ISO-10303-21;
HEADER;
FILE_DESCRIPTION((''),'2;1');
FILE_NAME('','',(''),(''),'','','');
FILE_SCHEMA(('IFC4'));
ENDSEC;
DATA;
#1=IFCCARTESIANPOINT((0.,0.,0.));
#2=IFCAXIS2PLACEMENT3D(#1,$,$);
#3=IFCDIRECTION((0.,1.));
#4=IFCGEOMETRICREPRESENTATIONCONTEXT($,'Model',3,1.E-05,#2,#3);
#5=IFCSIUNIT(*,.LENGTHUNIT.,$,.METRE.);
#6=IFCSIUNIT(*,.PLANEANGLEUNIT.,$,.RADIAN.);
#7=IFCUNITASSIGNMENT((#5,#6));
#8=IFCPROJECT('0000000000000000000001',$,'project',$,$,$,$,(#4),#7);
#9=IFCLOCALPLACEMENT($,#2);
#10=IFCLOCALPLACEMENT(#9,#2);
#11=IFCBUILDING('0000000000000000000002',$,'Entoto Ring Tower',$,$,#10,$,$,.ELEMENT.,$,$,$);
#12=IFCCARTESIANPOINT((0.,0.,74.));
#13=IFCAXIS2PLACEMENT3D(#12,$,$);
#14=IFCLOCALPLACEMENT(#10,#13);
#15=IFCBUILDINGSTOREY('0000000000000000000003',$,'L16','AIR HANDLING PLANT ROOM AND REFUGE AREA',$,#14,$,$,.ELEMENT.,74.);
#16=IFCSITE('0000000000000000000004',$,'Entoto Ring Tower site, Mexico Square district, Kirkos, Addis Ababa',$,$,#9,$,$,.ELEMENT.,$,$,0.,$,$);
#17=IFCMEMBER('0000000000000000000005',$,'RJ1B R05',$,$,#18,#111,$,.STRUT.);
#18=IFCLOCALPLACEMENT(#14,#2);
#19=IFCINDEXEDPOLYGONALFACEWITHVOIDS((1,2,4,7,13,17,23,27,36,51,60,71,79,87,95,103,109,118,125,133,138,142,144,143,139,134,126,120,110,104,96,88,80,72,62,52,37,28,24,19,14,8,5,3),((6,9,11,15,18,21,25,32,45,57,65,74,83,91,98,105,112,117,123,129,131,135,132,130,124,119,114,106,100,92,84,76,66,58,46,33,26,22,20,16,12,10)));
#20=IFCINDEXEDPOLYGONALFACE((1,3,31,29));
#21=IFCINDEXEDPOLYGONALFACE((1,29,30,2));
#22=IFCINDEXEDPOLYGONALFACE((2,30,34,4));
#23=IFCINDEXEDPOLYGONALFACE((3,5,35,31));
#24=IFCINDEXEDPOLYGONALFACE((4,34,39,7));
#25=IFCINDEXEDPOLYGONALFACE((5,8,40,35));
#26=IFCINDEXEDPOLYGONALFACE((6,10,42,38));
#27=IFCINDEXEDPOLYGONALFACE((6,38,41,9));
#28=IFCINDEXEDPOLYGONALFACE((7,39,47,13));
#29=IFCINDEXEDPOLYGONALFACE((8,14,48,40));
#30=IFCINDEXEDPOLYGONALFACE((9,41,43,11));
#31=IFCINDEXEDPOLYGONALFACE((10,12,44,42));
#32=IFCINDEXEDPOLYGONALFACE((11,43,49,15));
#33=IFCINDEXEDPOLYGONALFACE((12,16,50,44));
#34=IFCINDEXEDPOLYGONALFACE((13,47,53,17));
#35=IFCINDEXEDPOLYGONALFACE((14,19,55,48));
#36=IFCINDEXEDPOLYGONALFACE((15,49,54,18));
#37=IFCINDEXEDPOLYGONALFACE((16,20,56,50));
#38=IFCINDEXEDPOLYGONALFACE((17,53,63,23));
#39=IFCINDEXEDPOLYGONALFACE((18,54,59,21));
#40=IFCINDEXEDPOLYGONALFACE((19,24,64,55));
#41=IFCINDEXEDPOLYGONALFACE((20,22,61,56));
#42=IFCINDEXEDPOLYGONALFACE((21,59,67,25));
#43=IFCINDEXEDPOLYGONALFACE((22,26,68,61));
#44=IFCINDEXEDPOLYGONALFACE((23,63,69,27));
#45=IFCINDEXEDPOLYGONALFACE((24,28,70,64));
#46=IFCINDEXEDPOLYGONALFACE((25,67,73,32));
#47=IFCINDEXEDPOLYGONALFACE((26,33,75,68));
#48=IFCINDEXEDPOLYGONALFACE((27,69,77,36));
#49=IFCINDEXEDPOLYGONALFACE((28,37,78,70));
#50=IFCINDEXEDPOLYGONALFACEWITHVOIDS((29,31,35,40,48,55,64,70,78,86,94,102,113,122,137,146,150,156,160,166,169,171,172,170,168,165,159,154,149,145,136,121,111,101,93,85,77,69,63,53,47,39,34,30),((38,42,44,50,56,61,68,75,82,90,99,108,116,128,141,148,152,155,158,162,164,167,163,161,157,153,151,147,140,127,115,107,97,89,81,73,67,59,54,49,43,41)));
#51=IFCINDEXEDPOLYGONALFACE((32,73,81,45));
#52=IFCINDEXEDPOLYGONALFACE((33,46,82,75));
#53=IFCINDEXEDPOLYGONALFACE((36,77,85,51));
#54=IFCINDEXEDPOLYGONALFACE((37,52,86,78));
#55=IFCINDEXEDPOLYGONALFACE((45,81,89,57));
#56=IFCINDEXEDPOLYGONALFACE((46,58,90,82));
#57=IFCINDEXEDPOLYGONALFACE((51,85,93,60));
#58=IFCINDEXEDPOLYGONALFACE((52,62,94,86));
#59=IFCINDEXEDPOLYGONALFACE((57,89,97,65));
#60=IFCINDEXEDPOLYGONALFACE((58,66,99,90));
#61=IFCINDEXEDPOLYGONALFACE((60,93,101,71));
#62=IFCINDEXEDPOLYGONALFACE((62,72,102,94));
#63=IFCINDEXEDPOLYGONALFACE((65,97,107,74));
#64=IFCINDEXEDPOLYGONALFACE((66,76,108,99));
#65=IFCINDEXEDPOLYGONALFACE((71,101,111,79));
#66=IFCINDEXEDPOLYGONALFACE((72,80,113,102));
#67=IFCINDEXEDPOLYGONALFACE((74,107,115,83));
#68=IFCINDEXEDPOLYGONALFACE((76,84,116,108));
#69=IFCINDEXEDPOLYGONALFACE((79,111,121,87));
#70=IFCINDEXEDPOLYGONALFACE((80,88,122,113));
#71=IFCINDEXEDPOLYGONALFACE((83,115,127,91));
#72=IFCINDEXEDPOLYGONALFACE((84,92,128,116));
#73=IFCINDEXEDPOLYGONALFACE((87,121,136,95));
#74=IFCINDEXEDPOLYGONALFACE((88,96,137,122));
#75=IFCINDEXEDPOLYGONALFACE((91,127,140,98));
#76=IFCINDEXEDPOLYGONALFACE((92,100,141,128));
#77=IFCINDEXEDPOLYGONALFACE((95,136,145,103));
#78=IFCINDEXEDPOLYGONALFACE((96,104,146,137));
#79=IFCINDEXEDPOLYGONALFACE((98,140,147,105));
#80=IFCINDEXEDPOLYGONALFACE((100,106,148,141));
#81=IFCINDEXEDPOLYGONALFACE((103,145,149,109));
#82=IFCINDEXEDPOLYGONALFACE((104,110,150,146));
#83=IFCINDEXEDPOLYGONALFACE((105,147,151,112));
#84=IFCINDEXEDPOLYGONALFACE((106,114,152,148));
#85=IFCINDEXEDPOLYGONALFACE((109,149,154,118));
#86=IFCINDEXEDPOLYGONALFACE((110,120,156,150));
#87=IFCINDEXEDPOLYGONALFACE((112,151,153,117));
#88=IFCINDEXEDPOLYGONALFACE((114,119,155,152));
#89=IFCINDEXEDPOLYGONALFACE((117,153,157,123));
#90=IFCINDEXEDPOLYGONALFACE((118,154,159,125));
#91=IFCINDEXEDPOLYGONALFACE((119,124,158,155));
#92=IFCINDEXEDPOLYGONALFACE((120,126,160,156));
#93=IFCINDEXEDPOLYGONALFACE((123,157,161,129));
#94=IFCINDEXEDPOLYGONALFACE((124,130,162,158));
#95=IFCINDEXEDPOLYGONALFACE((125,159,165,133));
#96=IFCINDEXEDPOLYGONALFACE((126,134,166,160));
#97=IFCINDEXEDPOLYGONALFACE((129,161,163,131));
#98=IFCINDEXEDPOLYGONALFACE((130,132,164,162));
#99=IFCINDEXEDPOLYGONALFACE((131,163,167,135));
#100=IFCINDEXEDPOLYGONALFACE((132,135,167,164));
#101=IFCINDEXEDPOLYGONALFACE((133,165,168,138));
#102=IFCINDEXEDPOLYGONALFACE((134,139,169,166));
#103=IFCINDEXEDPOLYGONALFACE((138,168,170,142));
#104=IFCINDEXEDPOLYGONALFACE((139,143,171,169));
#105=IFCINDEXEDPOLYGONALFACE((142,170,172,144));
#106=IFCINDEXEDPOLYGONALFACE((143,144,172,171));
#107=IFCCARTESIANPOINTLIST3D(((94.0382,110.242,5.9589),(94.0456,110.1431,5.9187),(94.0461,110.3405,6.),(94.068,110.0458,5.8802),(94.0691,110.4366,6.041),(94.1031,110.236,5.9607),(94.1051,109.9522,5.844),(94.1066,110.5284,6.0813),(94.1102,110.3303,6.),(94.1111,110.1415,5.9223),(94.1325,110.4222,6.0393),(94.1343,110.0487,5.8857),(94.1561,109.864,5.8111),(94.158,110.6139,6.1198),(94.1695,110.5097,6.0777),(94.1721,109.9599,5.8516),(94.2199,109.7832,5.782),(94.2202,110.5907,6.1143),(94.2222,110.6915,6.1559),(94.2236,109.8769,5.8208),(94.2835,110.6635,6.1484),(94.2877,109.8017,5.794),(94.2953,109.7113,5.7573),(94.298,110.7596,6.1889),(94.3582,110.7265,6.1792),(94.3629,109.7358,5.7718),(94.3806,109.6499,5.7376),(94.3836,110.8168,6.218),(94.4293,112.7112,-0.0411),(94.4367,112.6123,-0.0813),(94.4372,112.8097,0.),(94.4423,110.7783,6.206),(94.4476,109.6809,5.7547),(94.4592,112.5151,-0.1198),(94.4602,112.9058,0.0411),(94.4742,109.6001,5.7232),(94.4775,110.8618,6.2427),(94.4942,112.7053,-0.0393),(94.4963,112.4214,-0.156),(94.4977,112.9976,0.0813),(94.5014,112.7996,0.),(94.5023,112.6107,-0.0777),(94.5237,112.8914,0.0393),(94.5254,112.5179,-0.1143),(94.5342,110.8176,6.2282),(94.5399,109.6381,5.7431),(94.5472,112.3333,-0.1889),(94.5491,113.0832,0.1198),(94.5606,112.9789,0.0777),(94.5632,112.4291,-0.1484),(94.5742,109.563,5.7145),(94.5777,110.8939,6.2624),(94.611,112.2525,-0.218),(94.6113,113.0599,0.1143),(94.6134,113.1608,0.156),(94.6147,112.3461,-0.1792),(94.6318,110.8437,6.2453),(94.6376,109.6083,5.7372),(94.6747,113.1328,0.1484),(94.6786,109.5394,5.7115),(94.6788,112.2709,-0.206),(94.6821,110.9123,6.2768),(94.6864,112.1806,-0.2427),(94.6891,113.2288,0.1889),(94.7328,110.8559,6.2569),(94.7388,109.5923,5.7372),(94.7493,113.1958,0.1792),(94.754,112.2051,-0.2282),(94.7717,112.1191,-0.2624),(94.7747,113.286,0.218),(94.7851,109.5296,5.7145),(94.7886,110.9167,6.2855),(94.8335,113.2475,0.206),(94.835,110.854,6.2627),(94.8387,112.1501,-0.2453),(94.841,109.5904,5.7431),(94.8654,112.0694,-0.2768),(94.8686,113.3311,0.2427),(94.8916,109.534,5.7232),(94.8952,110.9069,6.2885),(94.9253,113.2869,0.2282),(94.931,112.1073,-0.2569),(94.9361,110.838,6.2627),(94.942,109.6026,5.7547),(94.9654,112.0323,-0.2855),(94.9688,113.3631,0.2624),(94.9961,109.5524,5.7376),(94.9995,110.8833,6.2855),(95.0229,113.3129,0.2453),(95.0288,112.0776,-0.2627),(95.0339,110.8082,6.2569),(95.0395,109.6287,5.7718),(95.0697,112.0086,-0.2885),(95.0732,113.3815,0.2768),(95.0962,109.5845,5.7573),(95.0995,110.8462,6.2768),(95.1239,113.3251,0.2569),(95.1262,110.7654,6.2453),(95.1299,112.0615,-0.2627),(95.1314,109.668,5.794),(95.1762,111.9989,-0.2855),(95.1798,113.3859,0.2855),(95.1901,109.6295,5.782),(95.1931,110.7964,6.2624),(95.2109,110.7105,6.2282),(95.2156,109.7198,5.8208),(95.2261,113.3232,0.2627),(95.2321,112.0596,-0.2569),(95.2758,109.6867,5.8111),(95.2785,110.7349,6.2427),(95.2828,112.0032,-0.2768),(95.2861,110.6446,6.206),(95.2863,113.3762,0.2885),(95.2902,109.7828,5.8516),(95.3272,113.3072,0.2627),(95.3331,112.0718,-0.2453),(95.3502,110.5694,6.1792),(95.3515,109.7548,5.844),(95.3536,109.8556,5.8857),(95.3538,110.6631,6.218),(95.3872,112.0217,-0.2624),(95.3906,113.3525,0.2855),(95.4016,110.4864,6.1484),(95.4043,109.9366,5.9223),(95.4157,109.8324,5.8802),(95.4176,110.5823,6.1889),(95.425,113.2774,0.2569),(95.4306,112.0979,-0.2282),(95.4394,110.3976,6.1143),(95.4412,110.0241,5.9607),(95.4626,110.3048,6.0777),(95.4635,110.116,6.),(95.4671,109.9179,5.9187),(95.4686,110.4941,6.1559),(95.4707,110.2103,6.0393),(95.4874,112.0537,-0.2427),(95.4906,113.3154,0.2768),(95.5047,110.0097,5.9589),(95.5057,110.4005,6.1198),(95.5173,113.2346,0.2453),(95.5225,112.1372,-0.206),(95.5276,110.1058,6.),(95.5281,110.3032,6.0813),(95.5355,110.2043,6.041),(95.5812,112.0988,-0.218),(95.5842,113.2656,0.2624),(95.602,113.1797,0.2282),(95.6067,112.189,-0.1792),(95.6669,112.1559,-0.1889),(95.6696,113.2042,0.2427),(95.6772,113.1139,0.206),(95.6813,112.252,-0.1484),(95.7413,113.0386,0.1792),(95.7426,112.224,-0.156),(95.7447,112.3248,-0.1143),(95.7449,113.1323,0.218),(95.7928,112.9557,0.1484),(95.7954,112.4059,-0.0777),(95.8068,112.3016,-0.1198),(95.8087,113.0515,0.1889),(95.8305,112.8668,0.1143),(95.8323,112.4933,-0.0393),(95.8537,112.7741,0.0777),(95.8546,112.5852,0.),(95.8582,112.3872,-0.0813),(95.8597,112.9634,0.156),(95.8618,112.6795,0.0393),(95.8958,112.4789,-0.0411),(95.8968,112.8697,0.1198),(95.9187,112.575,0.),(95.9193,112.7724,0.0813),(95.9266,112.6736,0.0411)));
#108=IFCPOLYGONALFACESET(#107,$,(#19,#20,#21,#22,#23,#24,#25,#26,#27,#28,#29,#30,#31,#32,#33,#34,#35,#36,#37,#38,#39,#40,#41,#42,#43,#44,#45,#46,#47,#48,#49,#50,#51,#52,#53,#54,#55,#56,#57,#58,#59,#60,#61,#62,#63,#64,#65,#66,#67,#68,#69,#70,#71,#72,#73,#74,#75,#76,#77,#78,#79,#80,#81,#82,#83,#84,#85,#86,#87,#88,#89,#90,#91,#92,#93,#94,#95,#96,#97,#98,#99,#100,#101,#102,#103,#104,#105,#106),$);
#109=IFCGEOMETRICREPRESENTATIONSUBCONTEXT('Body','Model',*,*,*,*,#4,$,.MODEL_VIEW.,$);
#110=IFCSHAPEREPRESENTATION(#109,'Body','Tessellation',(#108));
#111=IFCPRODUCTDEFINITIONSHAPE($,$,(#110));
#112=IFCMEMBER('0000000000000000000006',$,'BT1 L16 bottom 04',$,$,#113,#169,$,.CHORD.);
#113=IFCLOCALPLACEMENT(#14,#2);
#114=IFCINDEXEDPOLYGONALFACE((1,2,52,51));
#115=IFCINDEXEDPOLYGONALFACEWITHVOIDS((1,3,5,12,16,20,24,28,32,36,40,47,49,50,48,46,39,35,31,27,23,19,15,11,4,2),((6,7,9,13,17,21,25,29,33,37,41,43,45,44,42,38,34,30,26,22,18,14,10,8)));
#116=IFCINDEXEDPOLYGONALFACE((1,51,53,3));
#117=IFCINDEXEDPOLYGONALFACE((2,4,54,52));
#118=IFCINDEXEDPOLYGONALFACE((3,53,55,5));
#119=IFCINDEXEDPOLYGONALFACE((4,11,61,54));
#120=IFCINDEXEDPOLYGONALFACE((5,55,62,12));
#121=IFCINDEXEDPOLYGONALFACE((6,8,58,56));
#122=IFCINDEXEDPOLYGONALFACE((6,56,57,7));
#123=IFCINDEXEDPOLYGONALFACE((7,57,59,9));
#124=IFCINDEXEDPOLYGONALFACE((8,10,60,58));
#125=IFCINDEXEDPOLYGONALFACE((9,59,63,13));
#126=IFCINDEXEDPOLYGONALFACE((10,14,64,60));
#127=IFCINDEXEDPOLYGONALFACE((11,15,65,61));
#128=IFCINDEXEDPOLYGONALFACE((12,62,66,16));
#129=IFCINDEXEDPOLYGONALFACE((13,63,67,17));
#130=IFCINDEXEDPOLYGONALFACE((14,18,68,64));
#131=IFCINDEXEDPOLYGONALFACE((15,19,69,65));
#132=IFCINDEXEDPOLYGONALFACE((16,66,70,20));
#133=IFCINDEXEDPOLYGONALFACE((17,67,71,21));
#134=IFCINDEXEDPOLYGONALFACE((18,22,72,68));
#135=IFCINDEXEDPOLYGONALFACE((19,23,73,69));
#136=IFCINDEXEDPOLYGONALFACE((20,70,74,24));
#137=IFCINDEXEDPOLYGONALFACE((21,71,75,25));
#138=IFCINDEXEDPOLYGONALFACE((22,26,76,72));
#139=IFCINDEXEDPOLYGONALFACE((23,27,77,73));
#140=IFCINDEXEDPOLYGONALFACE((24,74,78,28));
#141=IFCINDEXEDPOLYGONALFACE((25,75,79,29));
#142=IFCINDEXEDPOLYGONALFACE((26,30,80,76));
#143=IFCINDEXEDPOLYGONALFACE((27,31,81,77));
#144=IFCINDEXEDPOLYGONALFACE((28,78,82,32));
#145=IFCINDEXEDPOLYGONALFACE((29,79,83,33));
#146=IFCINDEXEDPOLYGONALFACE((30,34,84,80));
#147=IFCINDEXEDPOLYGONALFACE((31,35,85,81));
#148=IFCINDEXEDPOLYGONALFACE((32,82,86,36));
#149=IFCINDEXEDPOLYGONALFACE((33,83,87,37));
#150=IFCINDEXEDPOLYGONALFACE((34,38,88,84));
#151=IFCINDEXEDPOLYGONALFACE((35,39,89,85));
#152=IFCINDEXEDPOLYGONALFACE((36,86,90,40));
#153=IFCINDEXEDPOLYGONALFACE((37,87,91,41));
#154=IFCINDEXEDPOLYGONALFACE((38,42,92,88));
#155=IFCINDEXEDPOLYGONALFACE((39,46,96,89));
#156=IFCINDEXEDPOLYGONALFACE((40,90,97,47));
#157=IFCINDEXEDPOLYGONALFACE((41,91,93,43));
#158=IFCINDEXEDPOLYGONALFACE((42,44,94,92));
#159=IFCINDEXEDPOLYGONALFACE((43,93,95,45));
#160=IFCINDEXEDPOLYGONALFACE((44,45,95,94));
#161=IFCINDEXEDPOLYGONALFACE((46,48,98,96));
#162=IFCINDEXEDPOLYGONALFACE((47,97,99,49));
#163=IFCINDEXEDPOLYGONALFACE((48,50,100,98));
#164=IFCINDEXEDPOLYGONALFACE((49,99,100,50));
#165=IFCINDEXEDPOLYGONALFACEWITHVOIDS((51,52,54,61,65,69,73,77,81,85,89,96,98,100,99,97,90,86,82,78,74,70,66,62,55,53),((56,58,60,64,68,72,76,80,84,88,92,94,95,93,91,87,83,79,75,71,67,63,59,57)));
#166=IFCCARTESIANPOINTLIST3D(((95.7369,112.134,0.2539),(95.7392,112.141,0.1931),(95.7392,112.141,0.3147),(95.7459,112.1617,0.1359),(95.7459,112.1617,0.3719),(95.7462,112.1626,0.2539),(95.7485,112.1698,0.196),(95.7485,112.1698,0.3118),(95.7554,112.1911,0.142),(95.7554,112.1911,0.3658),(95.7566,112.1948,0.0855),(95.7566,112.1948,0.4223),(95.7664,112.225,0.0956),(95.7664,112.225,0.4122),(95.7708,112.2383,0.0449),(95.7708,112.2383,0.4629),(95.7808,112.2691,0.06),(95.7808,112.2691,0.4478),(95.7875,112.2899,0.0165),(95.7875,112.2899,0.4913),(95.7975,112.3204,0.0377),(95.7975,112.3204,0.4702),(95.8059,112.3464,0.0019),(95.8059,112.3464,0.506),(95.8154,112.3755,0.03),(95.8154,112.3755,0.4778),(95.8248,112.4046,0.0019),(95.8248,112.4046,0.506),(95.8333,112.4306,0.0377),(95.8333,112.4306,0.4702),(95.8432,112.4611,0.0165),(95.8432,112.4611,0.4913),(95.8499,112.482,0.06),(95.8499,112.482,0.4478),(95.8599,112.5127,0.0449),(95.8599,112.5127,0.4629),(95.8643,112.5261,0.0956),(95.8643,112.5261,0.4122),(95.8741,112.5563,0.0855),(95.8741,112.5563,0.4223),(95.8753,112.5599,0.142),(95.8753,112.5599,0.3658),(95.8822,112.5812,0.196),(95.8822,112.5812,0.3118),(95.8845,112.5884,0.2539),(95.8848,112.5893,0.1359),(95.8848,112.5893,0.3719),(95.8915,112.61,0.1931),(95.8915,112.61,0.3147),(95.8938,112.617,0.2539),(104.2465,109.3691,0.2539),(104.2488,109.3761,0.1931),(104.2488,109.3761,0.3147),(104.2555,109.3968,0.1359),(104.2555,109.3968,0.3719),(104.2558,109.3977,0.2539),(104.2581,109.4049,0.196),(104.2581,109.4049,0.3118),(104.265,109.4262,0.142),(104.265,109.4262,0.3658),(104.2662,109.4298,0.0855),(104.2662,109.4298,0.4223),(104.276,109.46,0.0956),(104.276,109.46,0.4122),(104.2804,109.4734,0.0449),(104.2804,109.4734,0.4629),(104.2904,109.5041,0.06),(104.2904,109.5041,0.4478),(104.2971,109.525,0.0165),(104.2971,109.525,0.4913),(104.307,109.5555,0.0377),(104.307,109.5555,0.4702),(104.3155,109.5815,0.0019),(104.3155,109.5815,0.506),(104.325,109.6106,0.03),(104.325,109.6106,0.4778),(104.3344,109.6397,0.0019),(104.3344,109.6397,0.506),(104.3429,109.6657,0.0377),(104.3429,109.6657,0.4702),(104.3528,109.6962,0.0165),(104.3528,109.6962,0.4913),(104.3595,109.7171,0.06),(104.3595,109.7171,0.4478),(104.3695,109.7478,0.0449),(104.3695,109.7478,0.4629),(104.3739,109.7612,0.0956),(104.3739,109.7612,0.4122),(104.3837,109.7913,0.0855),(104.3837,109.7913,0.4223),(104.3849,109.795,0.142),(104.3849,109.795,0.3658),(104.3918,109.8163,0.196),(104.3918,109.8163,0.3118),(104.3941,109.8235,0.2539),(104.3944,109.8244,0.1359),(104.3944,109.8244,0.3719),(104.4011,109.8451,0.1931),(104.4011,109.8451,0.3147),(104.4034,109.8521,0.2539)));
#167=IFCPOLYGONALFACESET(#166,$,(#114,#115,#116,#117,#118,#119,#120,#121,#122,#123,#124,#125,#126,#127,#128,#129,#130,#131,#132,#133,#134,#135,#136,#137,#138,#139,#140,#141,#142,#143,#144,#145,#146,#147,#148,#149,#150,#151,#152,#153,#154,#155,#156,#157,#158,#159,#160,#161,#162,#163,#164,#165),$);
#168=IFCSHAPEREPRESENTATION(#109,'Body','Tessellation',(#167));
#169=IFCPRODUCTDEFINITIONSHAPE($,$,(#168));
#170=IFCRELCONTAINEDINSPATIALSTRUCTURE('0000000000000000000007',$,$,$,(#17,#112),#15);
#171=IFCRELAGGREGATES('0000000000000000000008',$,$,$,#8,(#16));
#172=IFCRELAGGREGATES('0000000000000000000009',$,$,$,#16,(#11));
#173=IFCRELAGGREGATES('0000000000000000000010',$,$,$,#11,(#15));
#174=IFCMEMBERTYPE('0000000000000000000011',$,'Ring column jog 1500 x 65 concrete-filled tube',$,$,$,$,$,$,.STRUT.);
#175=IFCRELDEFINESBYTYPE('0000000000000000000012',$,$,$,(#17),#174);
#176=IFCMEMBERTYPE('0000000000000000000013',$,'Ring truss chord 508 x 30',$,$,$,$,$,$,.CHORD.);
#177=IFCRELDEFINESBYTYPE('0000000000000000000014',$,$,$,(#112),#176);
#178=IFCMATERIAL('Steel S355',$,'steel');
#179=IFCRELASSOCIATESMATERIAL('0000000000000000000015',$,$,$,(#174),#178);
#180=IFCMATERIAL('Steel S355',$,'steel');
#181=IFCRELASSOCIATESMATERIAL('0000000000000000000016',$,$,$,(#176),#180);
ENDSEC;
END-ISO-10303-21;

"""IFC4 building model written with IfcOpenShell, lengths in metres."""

from ifc_helpers import new_model, si_unit, direction, frame, origin, origin_2d, place, context, subcontext, project, spatial, circle, hollow_circle, extrude, material, material_profile, profile_set, type_object, element, save


model = new_model("IFC4")

# Units and contexts
model_context = context("Model", 3, precision=1e-05, world=origin(), true_north=direction((0.0, 1.0)))
body_context = subcontext(model_context, "Body", "Model", "MODEL_VIEW")
ifc_project = project(units=[si_unit("LENGTHUNIT", "METRE"), si_unit("PLANEANGLEUNIT", "RADIAN")], contexts=[model_context])

# Site, building, storey
site_placement = place(None, origin())
site = spatial("IfcSite", under=ifc_project, at=site_placement, Name="Entoto Ring Tower site, Mexico Square district, Kirkos, Addis Ababa", CompositionType="ELEMENT", RefElevation=0.0)
building_placement = place(site_placement, origin())
building = spatial("IfcBuilding", under=site, at=building_placement, Name="Entoto Ring Tower", CompositionType="ELEMENT")
storey_placement = place(building_placement, frame((0.0, 0.0, 74.0)))
storey = spatial("IfcBuildingStorey", under=building, at=storey_placement, Name="L16", Description="AIR HANDLING PLANT ROOM AND REFUGE AREA", CompositionType="ELEMENT", Elevation=74.0)

# Members
ifc_material_1 = material(Name="Steel S355", Category="steel")
ifc_material_profile_1 = material_profile(ifc_material_1, hollow_circle(Radius=0.75, WallThickness=0.0649, at=origin_2d()), Name="CHS 1500 x 65")
ifc_material_2 = material(Name="Concrete C60/75", Category="concrete")
ifc_material_profile_2 = material_profile(ifc_material_2, circle(Radius=0.6851, at=origin_2d()), Name="Concrete C60/75 infill")
ifc_profile_set_1 = profile_set([ifc_material_profile_1, ifc_material_profile_2], Name="Steel S355")
member_type_1 = type_object("IfcMemberType", Name="Ring column jog 1500 x 65 concrete-filled tube", PredefinedType="STRUT", material=ifc_profile_set_1)
member_1_placement = place(storey_placement, frame((95.178, 112.6924, 0.0), z_axis=(-0.060171, -0.379882, 0.923076), x_axis=(0.987687, -0.156444, 0.0)))
element("IfcMember", 1, at=member_1_placement, inside=storey, type_object=member_type_1, Name="RJ1B R05", PredefinedType="STRUT", context=body_context, shape_type="SweptSolid", body=[
    extrude(hollow_circle(Radius=0.75, WallThickness=0.0649, at=origin_2d()), origin(), (0.0, 0.0, 1.0), 6.5),
])
ifc_material_3 = material(Name="Steel S355", Category="steel")
ifc_material_profile_3 = material_profile(ifc_material_3, hollow_circle(Radius=0.2539, WallThickness=0.03, at=origin_2d()), Name="CHS 508 x 30")
ifc_material_4 = material(Name="Concrete C60/75", Category="concrete")
ifc_material_profile_4 = material_profile(ifc_material_4, circle(Radius=0.2241, at=origin_2d()), Name="Concrete C60/75 infill")
ifc_profile_set_2 = profile_set([ifc_material_profile_3, ifc_material_profile_4], Name="Steel S355")
member_type_2 = type_object("IfcMemberType", Name="Ring truss chord 508 x 30", PredefinedType="CHORD", material=ifc_profile_set_2)
member_2_placement = place(storey_placement, frame((104.325, 109.6106, 0.2539), z_axis=(-0.951057, 0.309015, 0.0), x_axis=(-0.309015, -0.951057, 0.0)))
element("IfcMember", 2, at=member_2_placement, inside=storey, type_object=member_type_2, Name="BT1 L16 bottom 04", PredefinedType="CHORD", context=body_context, shape_type="SweptSolid", body=[
    extrude(hollow_circle(Radius=0.2539, WallThickness=0.03, at=origin_2d()), origin(), (0.0, 0.0, 1.0), 8.9475),
])

save(model, "model.ifc")
